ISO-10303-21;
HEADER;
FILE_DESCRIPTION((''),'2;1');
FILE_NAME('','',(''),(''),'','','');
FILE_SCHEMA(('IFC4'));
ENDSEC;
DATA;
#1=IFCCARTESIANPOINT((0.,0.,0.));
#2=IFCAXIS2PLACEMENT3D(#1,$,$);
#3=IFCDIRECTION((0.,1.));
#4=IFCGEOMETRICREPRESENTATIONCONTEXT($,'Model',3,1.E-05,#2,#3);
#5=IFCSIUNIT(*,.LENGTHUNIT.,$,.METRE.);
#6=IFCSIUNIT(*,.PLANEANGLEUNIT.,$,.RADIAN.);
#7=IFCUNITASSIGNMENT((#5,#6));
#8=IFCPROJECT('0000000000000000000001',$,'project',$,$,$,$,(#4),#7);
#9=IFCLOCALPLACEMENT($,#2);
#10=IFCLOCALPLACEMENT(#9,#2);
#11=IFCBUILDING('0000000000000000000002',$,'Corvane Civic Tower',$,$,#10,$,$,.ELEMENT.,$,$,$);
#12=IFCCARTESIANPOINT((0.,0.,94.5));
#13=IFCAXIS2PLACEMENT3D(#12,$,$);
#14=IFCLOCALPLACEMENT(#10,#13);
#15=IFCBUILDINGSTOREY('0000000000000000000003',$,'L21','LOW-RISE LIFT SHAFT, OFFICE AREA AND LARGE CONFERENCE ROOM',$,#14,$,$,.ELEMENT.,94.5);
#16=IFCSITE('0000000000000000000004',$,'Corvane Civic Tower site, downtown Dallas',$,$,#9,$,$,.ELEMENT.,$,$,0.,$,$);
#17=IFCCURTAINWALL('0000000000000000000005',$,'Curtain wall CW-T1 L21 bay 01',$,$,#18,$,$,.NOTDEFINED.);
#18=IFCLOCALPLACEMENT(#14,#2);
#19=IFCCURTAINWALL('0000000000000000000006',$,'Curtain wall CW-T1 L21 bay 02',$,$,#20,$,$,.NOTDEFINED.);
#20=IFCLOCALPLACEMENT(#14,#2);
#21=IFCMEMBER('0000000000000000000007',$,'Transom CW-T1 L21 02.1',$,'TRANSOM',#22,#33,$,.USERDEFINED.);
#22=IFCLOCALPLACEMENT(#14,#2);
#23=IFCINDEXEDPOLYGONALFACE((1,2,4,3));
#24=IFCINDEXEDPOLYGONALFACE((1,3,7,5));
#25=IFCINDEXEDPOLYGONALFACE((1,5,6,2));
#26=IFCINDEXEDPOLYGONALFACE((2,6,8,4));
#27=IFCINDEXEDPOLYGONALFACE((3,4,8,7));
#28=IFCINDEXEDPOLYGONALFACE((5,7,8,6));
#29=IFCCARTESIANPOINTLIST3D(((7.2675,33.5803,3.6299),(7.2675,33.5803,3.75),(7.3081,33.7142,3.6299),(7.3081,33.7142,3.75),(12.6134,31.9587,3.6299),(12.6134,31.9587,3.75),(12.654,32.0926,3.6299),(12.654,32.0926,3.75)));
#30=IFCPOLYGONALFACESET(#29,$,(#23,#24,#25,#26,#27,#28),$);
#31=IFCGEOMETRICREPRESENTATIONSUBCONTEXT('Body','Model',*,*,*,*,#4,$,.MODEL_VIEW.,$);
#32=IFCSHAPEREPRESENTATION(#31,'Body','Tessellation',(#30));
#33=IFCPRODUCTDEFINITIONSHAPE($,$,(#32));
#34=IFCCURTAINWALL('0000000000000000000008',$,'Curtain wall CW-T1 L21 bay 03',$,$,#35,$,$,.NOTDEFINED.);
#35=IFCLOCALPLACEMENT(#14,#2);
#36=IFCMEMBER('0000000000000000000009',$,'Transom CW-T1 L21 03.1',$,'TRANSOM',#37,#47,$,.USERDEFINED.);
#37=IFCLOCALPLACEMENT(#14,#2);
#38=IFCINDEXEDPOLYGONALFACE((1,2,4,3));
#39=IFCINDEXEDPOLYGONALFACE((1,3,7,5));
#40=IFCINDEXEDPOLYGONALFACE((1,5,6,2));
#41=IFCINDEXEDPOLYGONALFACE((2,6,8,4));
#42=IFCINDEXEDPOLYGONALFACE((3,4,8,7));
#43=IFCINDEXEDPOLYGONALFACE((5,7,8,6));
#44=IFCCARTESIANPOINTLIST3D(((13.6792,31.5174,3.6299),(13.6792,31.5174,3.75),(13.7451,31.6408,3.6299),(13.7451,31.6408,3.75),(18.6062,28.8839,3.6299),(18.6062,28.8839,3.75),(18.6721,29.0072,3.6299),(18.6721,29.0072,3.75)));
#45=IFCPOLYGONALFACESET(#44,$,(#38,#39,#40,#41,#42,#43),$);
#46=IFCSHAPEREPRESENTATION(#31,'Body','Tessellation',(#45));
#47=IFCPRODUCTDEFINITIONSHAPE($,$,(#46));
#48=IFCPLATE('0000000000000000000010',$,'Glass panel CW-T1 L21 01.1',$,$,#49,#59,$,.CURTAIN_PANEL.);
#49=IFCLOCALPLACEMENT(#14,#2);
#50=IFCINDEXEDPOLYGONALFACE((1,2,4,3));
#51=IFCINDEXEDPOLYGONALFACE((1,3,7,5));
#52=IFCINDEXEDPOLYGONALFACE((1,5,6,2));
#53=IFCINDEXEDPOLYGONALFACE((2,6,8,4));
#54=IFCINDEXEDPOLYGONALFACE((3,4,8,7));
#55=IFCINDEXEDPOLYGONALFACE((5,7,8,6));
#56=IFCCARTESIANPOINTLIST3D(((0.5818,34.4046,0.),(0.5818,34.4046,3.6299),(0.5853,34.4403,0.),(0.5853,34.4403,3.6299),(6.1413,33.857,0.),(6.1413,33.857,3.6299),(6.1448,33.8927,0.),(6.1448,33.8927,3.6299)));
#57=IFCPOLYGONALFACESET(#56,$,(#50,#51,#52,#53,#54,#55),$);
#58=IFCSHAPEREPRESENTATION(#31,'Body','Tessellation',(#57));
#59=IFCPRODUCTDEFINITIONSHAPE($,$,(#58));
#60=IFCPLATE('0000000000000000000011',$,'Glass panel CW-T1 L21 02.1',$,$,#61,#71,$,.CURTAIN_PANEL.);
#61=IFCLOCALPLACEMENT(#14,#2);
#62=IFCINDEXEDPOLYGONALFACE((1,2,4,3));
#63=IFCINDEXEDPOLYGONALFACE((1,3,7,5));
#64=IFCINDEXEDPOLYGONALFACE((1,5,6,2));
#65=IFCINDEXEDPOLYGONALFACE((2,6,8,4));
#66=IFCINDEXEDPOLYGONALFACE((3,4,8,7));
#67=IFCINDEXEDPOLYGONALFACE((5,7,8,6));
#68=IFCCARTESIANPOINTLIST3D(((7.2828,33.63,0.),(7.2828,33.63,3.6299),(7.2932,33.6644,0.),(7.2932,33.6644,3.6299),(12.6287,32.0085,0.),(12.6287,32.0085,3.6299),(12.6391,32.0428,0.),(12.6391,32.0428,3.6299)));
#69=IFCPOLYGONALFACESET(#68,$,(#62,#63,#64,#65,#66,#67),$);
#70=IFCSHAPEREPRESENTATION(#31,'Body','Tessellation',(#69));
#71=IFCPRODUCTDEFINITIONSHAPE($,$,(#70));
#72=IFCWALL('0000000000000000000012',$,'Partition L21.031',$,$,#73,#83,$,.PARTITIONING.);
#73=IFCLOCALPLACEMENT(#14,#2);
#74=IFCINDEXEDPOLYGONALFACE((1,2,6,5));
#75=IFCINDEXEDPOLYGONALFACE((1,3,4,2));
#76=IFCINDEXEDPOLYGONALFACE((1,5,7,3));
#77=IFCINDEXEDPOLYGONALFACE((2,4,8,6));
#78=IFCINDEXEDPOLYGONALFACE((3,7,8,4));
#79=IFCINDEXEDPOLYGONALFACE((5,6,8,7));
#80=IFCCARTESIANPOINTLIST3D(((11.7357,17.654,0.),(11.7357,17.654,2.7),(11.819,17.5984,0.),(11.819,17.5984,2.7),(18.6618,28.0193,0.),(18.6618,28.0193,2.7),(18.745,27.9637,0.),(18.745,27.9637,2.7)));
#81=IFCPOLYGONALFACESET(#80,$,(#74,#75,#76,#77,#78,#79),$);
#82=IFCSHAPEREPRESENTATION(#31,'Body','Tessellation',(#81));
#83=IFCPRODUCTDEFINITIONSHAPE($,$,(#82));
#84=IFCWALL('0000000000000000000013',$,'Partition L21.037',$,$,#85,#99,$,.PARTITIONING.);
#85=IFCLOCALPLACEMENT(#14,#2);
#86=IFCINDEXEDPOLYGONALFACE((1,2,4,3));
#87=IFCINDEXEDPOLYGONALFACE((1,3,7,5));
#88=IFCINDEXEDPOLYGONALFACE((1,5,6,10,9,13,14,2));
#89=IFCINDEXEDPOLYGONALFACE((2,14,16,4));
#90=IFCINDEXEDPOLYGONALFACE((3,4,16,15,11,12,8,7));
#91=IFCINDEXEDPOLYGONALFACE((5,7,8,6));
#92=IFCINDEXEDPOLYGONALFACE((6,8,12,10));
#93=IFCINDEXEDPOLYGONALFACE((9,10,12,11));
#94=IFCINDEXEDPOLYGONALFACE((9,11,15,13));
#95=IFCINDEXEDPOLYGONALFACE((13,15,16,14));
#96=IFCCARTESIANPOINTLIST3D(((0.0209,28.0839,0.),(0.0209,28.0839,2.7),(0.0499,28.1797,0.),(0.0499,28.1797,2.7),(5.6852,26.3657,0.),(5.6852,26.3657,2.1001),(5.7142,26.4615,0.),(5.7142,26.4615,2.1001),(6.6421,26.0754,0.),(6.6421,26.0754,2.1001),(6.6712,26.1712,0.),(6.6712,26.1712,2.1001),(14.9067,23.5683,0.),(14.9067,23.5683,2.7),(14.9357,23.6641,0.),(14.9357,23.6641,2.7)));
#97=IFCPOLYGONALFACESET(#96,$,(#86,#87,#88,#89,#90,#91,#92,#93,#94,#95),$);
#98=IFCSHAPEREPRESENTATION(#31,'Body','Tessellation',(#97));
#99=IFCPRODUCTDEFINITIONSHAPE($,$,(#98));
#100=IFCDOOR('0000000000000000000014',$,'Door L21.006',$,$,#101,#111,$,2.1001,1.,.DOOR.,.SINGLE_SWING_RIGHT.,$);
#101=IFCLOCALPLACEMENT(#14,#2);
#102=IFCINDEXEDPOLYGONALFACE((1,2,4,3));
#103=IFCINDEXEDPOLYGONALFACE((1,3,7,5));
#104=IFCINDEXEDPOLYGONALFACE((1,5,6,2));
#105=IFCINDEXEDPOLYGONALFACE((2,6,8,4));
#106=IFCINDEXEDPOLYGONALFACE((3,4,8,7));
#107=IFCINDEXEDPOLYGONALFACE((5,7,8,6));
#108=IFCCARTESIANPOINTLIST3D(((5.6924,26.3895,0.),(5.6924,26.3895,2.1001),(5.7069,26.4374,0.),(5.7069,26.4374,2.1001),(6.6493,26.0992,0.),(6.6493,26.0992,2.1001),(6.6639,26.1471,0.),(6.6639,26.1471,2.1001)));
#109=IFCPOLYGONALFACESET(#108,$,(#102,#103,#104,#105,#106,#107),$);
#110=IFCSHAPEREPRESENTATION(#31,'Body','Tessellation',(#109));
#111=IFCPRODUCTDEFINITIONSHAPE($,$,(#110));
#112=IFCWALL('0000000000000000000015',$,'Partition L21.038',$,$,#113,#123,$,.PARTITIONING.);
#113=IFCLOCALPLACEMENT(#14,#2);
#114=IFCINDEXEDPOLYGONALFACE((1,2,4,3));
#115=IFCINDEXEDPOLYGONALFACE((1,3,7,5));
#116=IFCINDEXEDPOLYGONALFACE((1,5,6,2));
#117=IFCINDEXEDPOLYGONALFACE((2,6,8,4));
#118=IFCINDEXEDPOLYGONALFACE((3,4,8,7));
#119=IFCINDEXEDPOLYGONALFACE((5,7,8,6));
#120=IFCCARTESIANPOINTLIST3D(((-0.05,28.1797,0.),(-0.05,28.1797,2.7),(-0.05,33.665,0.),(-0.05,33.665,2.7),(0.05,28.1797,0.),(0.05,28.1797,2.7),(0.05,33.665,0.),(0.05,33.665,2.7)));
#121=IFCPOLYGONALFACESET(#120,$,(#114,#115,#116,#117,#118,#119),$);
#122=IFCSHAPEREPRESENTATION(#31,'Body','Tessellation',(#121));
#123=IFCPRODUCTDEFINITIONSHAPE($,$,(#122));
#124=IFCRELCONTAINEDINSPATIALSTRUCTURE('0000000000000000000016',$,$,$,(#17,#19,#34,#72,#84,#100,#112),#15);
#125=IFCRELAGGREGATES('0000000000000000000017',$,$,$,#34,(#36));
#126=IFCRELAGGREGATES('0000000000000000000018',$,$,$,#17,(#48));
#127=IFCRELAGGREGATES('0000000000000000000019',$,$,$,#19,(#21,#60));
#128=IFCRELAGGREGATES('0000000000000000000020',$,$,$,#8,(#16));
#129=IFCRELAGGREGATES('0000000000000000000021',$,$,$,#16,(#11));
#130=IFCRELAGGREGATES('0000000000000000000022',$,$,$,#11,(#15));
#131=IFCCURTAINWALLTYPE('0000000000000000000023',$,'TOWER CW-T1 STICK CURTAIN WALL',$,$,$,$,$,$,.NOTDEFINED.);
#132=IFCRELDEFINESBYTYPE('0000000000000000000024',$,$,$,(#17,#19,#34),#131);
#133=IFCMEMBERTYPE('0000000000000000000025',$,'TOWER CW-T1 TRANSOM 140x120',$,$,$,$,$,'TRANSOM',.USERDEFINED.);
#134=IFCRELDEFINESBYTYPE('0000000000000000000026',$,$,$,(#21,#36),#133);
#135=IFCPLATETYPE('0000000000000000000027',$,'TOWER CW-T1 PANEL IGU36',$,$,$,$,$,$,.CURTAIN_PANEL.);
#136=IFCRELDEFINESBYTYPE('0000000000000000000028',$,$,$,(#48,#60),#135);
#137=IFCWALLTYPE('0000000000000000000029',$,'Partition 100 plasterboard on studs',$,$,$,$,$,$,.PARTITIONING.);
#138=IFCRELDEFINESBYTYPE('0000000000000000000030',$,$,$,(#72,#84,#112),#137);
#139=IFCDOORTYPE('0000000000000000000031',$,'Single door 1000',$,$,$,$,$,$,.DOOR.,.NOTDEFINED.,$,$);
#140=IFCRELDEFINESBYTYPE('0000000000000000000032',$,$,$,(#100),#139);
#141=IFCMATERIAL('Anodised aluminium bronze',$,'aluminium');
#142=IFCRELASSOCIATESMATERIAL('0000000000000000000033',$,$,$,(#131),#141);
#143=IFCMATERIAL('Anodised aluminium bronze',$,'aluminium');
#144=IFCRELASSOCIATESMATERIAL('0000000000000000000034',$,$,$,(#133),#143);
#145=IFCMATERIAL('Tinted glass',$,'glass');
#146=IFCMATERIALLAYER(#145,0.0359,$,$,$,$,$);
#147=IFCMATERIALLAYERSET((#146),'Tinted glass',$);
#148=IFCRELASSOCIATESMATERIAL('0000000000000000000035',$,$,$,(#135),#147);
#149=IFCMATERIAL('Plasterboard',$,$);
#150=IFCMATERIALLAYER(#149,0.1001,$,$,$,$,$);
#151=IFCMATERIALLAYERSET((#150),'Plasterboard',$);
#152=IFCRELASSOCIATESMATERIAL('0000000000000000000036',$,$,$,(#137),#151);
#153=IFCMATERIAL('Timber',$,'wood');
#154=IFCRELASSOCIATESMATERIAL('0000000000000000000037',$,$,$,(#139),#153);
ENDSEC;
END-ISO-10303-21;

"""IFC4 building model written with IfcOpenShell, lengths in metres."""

from ifc_helpers import new_model, si_unit, direction, frame, frame_2d, origin, origin_2d, place, context, subcontext, project, spatial, rectangle, extrude, material, layer, layer_set, material_profile, profile_set, type_object, element, fill, aggregate, save


model = new_model("IFC4")

# Units and contexts
model_context = context("Model", 3, precision=1e-05, world=origin(), true_north=direction((0.0, 1.0)))
body_context = subcontext(model_context, "Body", "Model", "MODEL_VIEW")
ifc_project = project(units=[si_unit("LENGTHUNIT", "METRE"), si_unit("PLANEANGLEUNIT", "RADIAN")], contexts=[model_context])

# Site, building, storey
site_placement = place(None, origin())
site = spatial("IfcSite", under=ifc_project, at=site_placement, Name="Corvane Civic Tower site, downtown Dallas", CompositionType="ELEMENT", RefElevation=0.0)
building_placement = place(site_placement, origin())
building = spatial("IfcBuilding", under=site, at=building_placement, Name="Corvane Civic Tower", CompositionType="ELEMENT")
storey_placement = place(building_placement, frame((0.0, 0.0, 94.5)))
storey = spatial("IfcBuildingStorey", under=building, at=storey_placement, Name="L21", Description="LOW-RISE LIFT SHAFT, OFFICE AREA AND LARGE CONFERENCE ROOM", CompositionType="ELEMENT", Elevation=94.5)

# Curtain walls, members
ifc_material_1 = material(Name="Anodised aluminium bronze", Category="aluminium")
curtain_wall_type = type_object("IfcCurtainWallType", Name="TOWER CW-T1 STICK CURTAIN WALL", PredefinedType="NOTDEFINED", material=ifc_material_1)
curtain_wall_1_placement = place(storey_placement, origin())
curtain_wall_1 = element("IfcCurtainWall", 1, at=curtain_wall_1_placement, inside=storey, type_object=curtain_wall_type, Name="Curtain wall CW-T1 L21 bay 01", PredefinedType="NOTDEFINED")
ifc_material_2 = material(Name="Anodised aluminium bronze", Category="aluminium")
ifc_material_profile_1 = material_profile(ifc_material_2, rectangle(XDim=0.1399, YDim=0.1201, at=origin_2d()), Name="TOWER CW-T1 TRANSOM 140x120")
ifc_profile_set_1 = profile_set([ifc_material_profile_1], Name="Anodised aluminium bronze")
member_type = type_object("IfcMemberType", Name="TOWER CW-T1 TRANSOM 140x120", ElementType="TRANSOM", PredefinedType="USERDEFINED", material=ifc_profile_set_1)
curtain_wall_2_placement = place(storey_placement, origin())
curtain_wall_2 = element("IfcCurtainWall", 2, at=curtain_wall_2_placement, inside=storey, type_object=curtain_wall_type, Name="Curtain wall CW-T1 L21 bay 02", PredefinedType="NOTDEFINED")
member_1_placement = place(storey_placement, frame((7.2878, 33.6472, 3.6899), z_axis=(0.956945, -0.290269, 0.0), x_axis=(0.290269, 0.956945, 0.0)))
member_1 = element("IfcMember", 3, at=member_1_placement, type_object=member_type, Name="Transom CW-T1 L21 02.1", ObjectType="TRANSOM", PredefinedType="USERDEFINED", context=body_context, shape_type="SweptSolid", body=[
    extrude(rectangle(XDim=0.1399, YDim=0.1201, at=origin_2d()), origin(), (0.0, 0.0, 1.0), 5.5864),
])
curtain_wall_3_placement = place(storey_placement, origin())
curtain_wall_3 = element("IfcCurtainWall", 4, at=curtain_wall_3_placement, inside=storey, type_object=curtain_wall_type, Name="Curtain wall CW-T1 L21 bay 03", PredefinedType="NOTDEFINED")
member_2_placement = place(storey_placement, frame((13.7122, 31.5791, 3.6899), z_axis=(0.881921, -0.471398, 0.0), x_axis=(0.471398, 0.881921, 0.0)))
member_2 = element("IfcMember", 5, at=member_2_placement, type_object=member_type, Name="Transom CW-T1 L21 03.1", ObjectType="TRANSOM", PredefinedType="USERDEFINED", context=body_context, shape_type="SweptSolid", body=[
    extrude(rectangle(XDim=0.1399, YDim=0.1201, at=origin_2d()), origin(), (0.0, 0.0, 1.0), 5.5867),
])
aggregate(curtain_wall_3, [member_2])

# Plates
ifc_material_3 = material(Name="Tinted glass", Category="glass")
ifc_layer_1 = layer(ifc_material_3, 0.0359)
ifc_layer_set_1 = layer_set([ifc_layer_1], Name="Tinted glass")
plate_type = type_object("IfcPlateType", Name="TOWER CW-T1 PANEL IGU36", PredefinedType="CURTAIN_PANEL", material=ifc_layer_set_1)
plate_1_placement = place(storey_placement, frame((3.3633, 34.1487, 0.0), z_axis=(0.0, 0.0, 1.0), x_axis=(0.995184, -0.098027, 0.0)))
plate_1 = element("IfcPlate", 6, at=plate_1_placement, type_object=plate_type, Name="Glass panel CW-T1 L21 01.1", PredefinedType="CURTAIN_PANEL", context=body_context, shape_type="SweptSolid", body=[
    extrude(rectangle(XDim=5.5864, YDim=0.0359, at=origin_2d()), origin(), (0.0, 0.0, 1.0), 3.6299),
])
aggregate(curtain_wall_1, [plate_1])
plate_2_placement = place(storey_placement, frame((9.9609, 32.8364, 0.0), z_axis=(0.0, 0.0, 1.0), x_axis=(0.956946, -0.290266, 0.0)))
plate_2 = element("IfcPlate", 7, at=plate_2_placement, type_object=plate_type, Name="Glass panel CW-T1 L21 02.1", PredefinedType="CURTAIN_PANEL", context=body_context, shape_type="SweptSolid", body=[
    extrude(rectangle(XDim=5.5864, YDim=0.0359, at=origin_2d()), origin(), (0.0, 0.0, 1.0), 3.6299),
])
aggregate(curtain_wall_2, [member_1, plate_2])

# Wall
ifc_material_4 = material(Name="Plasterboard")
ifc_layer_2 = layer(ifc_material_4, 0.1001)
ifc_layer_set_2 = layer_set([ifc_layer_2], Name="Plasterboard")
wall_type = type_object("IfcWallType", Name="Partition 100 plasterboard on studs", PredefinedType="PARTITIONING", material=ifc_layer_set_2)
wall_1_placement = place(storey_placement, frame((11.7773, 17.6262, 0.0), z_axis=(0.0, 0.0, 1.0), x_axis=(0.555581, 0.831462, 0.0)))
element("IfcWall", 8, at=wall_1_placement, inside=storey, type_object=wall_type, Name="Partition L21.031", PredefinedType="PARTITIONING", context=body_context, shape_type="SweptSolid", body=[
    extrude(rectangle(XDim=12.4663, YDim=0.1001, at=frame_2d((6.2332, 0.0))), origin(), (0.0, 0.0, 1.0), 2.7),
])

# Wall, opening, door
wall_2_placement = place(storey_placement, frame((0.0354, 28.1318, 0.0), z_axis=(0.0, 0.0, 1.0), x_axis=(0.956939, -0.29029, 0.0)))
wall_2 = element("IfcWall", 9, at=wall_2_placement, inside=storey, type_object=wall_type, Name="Partition L21.037", PredefinedType="PARTITIONING", context=body_context, shape_type="SweptSolid", body=[
    extrude(rectangle(XDim=15.5557, YDim=0.1001, at=frame_2d((7.7778, 0.0))), origin(), (0.0, 0.0, 1.0), 2.7),
])
opening_placement = place(wall_2_placement, frame((5.9192, 0.0, 0.0)))
opening = element("IfcOpeningElement", 10, at=opening_placement, cuts=wall_2, PredefinedType="OPENING", context=body_context, shape_type="SweptSolid", body=[
    extrude(rectangle(XDim=1.0, YDim=2.1001, at=frame_2d((0.5, 1.05))), frame((0.0, 0.0601, 0.0), z_axis=(0.0, -1.0, 0.0), x_axis=(1.0, 0.0, 0.0)), (0.0, 0.0, 1.0), 0.1201),
])
ifc_material_5 = material(Name="Timber", Category="wood")
door_type = type_object("IfcDoorType", Name="Single door 1000", OperationType="NOTDEFINED", PredefinedType="DOOR", material=ifc_material_5)
door_placement = place(opening_placement, origin())
door = element("IfcDoor", 11, at=door_placement, inside=storey, type_object=door_type, Name="Door L21.006", OperationType="SINGLE_SWING_RIGHT", OverallHeight=2.1001, OverallWidth=1.0, PredefinedType="DOOR", context=body_context, shape_type="SweptSolid", body=[
    extrude(rectangle(XDim=1.0, YDim=2.1001, at=frame_2d((0.5, 1.05))), frame((0.0, 0.0249, 0.0), z_axis=(0.0, -1.0, 0.0), x_axis=(1.0, 0.0, 0.0)), (0.0, 0.0, 1.0), 0.05),
])
fill(opening, door)

# Wall
wall_3_placement = place(storey_placement, frame((0.0, 28.1797, 0.0), z_axis=(0.0, 0.0, 1.0), x_axis=(0.0, 1.0, 0.0)))
element("IfcWall", 12, at=wall_3_placement, inside=storey, type_object=wall_type, Name="Partition L21.038", PredefinedType="PARTITIONING", context=body_context, shape_type="SweptSolid", body=[
    extrude(rectangle(XDim=5.4854, YDim=0.1001, at=frame_2d((2.7427, 0.0))), origin(), (0.0, 0.0, 1.0), 2.7),
])

save(model, "model.ifc")
